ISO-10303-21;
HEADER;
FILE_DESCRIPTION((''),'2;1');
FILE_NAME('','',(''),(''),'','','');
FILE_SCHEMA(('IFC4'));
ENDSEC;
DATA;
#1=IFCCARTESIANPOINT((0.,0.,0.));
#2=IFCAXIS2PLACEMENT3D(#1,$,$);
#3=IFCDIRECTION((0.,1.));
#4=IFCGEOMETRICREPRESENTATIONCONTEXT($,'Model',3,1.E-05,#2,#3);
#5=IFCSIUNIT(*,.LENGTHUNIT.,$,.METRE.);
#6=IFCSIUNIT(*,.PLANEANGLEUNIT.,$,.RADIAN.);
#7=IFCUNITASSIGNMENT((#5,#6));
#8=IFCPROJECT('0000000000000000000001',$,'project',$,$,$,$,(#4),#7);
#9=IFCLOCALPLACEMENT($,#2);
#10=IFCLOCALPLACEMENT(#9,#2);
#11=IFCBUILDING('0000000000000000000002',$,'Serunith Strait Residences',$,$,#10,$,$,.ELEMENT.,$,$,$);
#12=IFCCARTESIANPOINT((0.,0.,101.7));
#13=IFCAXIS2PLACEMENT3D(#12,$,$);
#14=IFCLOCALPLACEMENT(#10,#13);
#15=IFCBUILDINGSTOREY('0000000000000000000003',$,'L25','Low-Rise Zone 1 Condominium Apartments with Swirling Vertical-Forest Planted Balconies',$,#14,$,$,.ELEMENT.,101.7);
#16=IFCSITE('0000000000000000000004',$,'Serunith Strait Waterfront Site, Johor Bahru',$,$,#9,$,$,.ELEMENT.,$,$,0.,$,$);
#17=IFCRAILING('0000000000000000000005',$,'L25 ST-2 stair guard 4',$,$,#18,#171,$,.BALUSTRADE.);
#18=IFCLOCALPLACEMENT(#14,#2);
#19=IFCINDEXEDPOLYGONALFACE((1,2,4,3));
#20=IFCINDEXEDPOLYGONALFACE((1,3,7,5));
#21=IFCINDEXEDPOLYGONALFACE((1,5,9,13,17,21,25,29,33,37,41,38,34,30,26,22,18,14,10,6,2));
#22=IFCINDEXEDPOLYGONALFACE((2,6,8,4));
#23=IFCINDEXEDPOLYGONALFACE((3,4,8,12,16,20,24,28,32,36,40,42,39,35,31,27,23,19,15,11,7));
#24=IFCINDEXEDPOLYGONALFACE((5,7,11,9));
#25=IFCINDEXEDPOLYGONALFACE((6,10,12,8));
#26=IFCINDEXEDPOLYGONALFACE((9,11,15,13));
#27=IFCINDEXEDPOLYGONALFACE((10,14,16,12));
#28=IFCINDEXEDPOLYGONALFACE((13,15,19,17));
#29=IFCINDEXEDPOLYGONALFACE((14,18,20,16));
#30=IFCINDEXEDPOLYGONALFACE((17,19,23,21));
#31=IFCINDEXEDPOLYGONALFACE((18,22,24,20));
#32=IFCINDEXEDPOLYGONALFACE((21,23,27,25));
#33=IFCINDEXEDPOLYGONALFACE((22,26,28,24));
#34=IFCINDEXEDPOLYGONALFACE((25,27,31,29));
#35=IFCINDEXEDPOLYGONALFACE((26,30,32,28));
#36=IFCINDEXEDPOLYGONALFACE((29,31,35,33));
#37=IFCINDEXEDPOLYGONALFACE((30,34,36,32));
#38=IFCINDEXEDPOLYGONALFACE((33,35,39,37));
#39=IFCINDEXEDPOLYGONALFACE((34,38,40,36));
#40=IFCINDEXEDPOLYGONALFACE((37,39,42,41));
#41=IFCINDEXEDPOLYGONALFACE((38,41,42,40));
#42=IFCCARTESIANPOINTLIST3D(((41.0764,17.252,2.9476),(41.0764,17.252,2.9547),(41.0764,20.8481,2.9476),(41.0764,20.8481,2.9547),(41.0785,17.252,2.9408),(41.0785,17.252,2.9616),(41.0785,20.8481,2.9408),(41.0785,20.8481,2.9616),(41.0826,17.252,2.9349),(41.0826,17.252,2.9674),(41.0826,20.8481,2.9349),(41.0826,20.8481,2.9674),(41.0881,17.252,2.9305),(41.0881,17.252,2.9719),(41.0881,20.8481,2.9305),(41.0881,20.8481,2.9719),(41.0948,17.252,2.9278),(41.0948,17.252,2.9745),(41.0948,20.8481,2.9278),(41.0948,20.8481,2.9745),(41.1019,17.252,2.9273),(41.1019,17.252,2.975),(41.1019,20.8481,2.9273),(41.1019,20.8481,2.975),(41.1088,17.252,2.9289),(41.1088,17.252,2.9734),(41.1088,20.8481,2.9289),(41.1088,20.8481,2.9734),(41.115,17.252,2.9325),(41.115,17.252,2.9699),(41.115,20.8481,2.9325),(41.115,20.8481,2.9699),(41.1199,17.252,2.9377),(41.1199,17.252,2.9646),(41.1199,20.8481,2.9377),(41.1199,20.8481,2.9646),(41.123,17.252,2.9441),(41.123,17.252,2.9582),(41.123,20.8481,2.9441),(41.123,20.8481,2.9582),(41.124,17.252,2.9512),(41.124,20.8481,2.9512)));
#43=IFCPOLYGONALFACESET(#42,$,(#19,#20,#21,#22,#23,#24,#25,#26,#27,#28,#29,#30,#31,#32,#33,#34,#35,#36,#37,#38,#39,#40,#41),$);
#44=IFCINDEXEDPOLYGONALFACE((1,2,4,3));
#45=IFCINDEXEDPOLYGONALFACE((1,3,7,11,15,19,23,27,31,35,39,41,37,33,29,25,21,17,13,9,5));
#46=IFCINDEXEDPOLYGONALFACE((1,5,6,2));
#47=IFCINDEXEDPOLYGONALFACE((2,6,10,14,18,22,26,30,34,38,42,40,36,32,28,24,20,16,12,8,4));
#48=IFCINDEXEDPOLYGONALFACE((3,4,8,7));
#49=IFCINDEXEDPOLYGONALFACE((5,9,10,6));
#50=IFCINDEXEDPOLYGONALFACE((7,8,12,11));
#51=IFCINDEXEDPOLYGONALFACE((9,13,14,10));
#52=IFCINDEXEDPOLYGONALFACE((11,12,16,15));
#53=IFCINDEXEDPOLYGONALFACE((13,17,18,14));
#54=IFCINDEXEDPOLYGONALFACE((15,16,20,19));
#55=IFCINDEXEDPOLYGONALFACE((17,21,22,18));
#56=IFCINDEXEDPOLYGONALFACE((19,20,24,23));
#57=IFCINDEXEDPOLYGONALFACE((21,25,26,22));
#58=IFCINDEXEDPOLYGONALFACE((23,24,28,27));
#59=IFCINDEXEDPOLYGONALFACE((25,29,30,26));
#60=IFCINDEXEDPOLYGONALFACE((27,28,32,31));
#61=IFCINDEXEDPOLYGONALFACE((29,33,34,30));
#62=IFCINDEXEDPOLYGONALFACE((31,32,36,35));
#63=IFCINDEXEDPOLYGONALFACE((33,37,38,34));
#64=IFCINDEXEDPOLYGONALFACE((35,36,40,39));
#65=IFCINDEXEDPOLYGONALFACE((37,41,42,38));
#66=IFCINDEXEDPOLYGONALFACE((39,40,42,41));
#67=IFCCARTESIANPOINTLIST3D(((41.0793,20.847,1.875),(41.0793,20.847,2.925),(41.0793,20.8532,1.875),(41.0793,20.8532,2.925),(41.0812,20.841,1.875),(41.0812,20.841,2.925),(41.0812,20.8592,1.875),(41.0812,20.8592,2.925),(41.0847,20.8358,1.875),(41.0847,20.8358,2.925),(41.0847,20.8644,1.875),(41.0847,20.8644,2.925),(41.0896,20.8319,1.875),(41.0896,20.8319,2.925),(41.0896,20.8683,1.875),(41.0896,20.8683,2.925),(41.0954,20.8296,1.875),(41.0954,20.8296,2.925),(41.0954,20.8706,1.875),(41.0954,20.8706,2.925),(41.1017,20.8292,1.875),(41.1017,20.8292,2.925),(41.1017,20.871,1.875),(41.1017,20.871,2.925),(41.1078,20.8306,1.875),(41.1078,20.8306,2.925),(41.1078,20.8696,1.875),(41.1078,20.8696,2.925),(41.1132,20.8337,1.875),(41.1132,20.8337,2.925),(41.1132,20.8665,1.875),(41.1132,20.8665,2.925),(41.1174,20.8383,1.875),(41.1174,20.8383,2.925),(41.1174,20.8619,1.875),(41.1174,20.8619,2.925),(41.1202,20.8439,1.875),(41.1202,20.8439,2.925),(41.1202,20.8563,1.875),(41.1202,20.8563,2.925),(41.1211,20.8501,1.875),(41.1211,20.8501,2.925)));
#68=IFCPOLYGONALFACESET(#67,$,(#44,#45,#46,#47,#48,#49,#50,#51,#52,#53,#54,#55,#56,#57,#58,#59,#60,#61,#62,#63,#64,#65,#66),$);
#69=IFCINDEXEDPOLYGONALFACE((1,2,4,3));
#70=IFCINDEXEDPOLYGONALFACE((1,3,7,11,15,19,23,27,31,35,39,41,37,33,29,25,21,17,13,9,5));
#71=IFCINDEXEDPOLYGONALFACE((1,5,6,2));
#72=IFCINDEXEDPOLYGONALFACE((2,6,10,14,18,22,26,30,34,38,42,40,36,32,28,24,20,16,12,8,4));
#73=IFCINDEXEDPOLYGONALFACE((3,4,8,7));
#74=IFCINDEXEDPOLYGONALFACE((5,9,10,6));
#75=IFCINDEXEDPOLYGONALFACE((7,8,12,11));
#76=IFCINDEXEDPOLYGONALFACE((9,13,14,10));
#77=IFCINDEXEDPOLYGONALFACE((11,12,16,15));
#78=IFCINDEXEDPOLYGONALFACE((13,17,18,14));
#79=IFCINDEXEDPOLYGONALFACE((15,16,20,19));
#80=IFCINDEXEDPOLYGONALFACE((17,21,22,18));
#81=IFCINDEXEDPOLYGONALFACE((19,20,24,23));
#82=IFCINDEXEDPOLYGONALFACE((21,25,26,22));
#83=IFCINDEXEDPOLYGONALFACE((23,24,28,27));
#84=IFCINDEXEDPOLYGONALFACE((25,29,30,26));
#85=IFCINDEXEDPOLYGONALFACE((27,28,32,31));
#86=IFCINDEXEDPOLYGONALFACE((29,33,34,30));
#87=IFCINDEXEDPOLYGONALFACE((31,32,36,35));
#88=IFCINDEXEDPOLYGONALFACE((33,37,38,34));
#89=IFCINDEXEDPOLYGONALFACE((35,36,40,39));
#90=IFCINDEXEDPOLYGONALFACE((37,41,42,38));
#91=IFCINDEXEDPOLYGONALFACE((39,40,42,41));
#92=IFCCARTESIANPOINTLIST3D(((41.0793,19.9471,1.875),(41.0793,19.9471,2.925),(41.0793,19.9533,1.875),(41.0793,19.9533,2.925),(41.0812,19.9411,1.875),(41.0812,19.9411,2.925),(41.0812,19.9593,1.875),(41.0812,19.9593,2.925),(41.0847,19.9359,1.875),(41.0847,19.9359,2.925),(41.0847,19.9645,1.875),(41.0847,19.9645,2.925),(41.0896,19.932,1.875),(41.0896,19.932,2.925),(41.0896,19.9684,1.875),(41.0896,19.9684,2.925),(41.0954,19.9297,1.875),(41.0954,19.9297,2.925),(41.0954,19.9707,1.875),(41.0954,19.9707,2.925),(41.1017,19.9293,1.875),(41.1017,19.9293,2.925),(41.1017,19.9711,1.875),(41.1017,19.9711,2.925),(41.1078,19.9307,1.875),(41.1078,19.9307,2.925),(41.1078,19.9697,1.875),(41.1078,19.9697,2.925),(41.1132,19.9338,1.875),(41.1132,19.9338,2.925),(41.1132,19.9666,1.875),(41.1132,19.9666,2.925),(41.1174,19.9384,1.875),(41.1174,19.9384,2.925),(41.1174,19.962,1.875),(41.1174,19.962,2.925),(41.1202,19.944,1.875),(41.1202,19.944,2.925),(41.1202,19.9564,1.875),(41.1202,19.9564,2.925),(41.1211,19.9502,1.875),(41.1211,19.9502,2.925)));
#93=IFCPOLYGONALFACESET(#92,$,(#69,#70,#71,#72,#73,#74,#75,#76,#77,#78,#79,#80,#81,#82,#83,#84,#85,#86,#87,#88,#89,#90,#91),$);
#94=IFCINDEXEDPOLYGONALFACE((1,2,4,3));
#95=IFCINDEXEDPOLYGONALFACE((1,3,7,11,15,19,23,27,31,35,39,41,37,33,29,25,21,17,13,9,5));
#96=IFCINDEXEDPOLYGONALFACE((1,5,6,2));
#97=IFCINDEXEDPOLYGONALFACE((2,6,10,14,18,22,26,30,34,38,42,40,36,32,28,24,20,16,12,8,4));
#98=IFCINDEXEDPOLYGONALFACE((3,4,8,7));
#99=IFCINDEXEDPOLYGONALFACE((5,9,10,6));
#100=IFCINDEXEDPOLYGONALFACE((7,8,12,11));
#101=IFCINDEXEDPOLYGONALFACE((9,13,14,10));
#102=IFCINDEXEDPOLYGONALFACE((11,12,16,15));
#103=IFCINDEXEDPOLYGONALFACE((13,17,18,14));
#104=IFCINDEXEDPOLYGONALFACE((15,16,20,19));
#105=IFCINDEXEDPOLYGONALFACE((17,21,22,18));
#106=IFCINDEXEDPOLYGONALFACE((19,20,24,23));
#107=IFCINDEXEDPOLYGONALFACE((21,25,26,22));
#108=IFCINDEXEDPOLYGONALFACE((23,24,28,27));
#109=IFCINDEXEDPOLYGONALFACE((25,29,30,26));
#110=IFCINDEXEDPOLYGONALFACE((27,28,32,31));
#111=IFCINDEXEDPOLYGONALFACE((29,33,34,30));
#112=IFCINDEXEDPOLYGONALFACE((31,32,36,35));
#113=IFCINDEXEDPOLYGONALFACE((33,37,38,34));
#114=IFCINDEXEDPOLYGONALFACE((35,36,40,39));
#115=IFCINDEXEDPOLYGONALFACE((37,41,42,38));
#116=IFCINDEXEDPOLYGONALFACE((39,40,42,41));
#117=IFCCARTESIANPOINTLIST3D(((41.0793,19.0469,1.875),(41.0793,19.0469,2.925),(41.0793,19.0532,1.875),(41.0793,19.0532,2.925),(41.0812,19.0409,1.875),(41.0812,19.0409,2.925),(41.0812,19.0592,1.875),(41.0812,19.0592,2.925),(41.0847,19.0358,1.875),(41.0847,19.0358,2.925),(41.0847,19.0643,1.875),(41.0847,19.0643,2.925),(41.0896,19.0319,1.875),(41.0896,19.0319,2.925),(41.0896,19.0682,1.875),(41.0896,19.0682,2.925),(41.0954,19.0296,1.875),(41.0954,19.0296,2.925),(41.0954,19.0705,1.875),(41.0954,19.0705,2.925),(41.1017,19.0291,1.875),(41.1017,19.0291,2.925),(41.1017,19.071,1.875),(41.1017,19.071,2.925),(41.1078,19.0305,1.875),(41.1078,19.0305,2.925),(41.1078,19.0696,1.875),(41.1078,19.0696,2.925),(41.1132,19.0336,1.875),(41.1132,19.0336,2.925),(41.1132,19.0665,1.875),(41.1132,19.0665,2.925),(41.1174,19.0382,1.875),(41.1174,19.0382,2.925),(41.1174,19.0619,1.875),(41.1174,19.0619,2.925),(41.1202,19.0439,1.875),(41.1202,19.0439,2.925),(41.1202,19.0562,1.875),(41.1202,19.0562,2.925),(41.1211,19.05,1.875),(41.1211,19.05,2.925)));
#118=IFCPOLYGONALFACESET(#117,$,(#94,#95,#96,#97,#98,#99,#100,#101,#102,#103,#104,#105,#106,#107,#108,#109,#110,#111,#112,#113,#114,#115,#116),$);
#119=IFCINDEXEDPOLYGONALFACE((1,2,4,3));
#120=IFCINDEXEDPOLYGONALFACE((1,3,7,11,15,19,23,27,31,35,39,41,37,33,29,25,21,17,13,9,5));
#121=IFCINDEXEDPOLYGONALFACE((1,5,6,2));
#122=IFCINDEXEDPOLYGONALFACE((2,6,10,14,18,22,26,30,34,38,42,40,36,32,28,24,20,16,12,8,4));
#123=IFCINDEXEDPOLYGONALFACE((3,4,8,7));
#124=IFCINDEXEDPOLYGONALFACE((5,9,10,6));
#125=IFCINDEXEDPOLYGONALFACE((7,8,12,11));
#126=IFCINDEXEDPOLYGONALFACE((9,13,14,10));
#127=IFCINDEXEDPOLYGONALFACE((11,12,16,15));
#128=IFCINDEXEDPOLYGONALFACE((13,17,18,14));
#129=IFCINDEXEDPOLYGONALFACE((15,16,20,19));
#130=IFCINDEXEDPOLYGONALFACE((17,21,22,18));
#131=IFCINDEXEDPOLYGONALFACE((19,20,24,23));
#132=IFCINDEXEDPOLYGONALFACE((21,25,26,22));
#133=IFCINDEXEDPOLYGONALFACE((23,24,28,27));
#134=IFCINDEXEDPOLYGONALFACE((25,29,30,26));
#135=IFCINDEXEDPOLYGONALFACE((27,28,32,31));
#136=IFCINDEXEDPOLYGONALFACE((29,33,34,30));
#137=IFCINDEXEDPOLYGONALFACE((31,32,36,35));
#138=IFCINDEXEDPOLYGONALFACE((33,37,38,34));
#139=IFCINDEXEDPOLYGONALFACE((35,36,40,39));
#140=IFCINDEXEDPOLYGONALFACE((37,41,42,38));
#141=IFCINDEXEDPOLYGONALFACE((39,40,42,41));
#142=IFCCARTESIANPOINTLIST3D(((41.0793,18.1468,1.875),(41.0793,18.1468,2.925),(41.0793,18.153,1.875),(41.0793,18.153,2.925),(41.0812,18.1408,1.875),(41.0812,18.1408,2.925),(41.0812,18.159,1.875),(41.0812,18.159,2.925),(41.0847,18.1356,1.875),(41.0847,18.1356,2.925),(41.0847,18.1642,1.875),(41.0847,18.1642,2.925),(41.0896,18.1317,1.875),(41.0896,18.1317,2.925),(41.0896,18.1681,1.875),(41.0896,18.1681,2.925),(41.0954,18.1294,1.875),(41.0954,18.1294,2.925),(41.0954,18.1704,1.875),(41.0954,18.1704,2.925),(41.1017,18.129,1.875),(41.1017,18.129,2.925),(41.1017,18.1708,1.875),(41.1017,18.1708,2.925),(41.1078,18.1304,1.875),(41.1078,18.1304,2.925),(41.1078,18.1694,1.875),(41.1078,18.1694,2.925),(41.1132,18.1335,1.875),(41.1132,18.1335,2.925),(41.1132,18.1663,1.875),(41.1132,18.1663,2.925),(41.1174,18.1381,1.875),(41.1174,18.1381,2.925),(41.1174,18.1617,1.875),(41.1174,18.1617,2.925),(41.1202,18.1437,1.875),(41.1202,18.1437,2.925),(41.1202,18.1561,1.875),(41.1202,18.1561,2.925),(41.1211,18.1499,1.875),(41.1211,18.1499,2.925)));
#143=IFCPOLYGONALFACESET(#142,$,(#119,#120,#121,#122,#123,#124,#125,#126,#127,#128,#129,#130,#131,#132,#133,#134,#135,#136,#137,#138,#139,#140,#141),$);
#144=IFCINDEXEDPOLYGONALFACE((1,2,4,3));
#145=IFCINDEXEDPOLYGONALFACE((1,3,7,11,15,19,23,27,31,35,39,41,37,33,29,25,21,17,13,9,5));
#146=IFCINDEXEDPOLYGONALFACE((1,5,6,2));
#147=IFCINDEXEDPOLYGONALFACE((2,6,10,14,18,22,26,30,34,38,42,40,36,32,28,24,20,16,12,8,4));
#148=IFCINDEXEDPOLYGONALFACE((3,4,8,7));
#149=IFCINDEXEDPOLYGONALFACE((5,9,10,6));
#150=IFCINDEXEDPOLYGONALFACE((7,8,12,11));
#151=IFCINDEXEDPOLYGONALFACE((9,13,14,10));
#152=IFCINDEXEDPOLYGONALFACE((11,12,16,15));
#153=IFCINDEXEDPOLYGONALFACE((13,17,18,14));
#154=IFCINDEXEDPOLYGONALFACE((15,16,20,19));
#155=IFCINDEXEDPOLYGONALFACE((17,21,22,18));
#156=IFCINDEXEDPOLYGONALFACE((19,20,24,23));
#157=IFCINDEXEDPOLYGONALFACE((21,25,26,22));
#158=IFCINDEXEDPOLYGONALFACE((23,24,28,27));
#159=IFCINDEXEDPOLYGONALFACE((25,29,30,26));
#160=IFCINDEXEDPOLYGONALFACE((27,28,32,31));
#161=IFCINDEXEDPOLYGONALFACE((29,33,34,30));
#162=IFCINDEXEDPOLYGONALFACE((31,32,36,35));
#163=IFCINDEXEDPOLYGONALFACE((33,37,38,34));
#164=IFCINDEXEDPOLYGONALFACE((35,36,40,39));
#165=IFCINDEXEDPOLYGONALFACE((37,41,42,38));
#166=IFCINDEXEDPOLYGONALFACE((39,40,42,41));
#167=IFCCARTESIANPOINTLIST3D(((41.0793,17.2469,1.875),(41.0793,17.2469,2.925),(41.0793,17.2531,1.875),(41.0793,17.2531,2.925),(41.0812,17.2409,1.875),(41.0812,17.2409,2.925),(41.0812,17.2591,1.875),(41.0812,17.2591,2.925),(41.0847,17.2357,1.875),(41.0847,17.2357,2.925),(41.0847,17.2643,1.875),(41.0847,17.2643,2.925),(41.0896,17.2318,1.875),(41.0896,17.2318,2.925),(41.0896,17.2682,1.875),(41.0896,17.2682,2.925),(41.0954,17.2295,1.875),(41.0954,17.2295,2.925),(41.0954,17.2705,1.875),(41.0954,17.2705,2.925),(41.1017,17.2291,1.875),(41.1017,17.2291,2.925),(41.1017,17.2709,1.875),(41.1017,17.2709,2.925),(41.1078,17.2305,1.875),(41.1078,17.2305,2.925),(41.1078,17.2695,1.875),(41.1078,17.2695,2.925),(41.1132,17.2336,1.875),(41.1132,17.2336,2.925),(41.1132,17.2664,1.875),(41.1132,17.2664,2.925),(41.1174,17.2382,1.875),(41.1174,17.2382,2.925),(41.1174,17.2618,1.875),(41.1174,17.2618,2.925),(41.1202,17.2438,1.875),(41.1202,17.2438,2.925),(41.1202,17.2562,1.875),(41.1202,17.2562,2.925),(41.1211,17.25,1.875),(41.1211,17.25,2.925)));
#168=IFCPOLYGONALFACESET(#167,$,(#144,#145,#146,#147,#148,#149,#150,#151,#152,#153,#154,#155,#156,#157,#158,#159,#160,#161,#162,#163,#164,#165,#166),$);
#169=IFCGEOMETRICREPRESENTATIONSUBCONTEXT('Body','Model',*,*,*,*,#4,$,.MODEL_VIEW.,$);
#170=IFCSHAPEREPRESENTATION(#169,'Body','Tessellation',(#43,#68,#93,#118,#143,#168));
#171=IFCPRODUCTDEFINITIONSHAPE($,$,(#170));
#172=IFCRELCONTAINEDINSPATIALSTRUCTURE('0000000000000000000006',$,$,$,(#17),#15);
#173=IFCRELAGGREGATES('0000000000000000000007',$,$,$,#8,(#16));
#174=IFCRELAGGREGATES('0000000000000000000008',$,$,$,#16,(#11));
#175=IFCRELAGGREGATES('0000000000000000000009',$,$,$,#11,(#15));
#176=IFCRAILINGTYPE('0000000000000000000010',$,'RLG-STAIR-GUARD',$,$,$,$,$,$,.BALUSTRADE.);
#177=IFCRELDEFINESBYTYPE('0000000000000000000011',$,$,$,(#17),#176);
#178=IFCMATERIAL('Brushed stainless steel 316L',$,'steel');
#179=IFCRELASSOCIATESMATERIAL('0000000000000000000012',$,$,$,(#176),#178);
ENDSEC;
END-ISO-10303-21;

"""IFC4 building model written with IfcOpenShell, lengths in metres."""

from ifc_helpers import new_model, si_unit, direction, frame, origin, origin_2d, place, context, subcontext, project, spatial, circle, extrude, material, type_object, element, save


model = new_model("IFC4")

# Units and contexts
model_context = context("Model", 3, precision=1e-05, world=origin(), true_north=direction((0.0, 1.0)))
body_context = subcontext(model_context, "Body", "Model", "MODEL_VIEW")
ifc_project = project(units=[si_unit("LENGTHUNIT", "METRE"), si_unit("PLANEANGLEUNIT", "RADIAN")], contexts=[model_context])

# Site, building, storey
site_placement = place(None, origin())
site = spatial("IfcSite", under=ifc_project, at=site_placement, Name="Serunith Strait Waterfront Site, Johor Bahru", CompositionType="ELEMENT", RefElevation=0.0)
building_placement = place(site_placement, origin())
building = spatial("IfcBuilding", under=site, at=building_placement, Name="Serunith Strait Residences", CompositionType="ELEMENT")
storey_placement = place(building_placement, frame((0.0, 0.0, 101.7)))
storey = spatial("IfcBuildingStorey", under=building, at=storey_placement, Name="L25", Description="Low-Rise Zone 1 Condominium Apartments with Swirling Vertical-Forest Planted Balconies", CompositionType="ELEMENT", Elevation=101.7)

# Railing
ifc_material_1 = material(Name="Brushed stainless steel 316L", Category="steel")
railing_type_1 = type_object("IfcRailingType", Name="RLG-STAIR-GUARD", PredefinedType="BALUSTRADE", material=ifc_material_1)
for number, where, name in (
    (1, (41.1001, 20.8501, 1.875), "L25 ST-2 stair guard 4"),
):
    element("IfcRailing", number, at=place(storey_placement, frame(where)), inside=storey, type_object=railing_type_1, Name=name, PredefinedType="BALUSTRADE", context=body_context, shape_type="SweptSolid", body=[
        extrude(circle(Radius=0.0239, at=origin_2d()), frame((0.0, -0.002, 1.0762), z_axis=(0.0, -1.0, 0.0), x_axis=(1.0, 0.0, 0.0)), (0.0, 0.0, 1.0), 3.5962),
        extrude(circle(Radius=0.021, at=origin_2d()), origin(), (0.0, 0.0, 1.0), 1.05),
        extrude(circle(Radius=0.021, at=origin_2d()), frame((0.0, -0.8999, 0.0)), (0.0, 0.0, 1.0), 1.05),
        extrude(circle(Radius=0.021, at=origin_2d()), frame((0.0, -1.8, 0.0)), (0.0, 0.0, 1.0), 1.05),
        extrude(circle(Radius=0.021, at=origin_2d()), frame((0.0, -2.7002, 0.0)), (0.0, 0.0, 1.0), 1.05),
        extrude(circle(Radius=0.021, at=origin_2d()), frame((0.0, -3.6001, 0.0)), (0.0, 0.0, 1.0), 1.05),
    ])

save(model, "model.ifc")
